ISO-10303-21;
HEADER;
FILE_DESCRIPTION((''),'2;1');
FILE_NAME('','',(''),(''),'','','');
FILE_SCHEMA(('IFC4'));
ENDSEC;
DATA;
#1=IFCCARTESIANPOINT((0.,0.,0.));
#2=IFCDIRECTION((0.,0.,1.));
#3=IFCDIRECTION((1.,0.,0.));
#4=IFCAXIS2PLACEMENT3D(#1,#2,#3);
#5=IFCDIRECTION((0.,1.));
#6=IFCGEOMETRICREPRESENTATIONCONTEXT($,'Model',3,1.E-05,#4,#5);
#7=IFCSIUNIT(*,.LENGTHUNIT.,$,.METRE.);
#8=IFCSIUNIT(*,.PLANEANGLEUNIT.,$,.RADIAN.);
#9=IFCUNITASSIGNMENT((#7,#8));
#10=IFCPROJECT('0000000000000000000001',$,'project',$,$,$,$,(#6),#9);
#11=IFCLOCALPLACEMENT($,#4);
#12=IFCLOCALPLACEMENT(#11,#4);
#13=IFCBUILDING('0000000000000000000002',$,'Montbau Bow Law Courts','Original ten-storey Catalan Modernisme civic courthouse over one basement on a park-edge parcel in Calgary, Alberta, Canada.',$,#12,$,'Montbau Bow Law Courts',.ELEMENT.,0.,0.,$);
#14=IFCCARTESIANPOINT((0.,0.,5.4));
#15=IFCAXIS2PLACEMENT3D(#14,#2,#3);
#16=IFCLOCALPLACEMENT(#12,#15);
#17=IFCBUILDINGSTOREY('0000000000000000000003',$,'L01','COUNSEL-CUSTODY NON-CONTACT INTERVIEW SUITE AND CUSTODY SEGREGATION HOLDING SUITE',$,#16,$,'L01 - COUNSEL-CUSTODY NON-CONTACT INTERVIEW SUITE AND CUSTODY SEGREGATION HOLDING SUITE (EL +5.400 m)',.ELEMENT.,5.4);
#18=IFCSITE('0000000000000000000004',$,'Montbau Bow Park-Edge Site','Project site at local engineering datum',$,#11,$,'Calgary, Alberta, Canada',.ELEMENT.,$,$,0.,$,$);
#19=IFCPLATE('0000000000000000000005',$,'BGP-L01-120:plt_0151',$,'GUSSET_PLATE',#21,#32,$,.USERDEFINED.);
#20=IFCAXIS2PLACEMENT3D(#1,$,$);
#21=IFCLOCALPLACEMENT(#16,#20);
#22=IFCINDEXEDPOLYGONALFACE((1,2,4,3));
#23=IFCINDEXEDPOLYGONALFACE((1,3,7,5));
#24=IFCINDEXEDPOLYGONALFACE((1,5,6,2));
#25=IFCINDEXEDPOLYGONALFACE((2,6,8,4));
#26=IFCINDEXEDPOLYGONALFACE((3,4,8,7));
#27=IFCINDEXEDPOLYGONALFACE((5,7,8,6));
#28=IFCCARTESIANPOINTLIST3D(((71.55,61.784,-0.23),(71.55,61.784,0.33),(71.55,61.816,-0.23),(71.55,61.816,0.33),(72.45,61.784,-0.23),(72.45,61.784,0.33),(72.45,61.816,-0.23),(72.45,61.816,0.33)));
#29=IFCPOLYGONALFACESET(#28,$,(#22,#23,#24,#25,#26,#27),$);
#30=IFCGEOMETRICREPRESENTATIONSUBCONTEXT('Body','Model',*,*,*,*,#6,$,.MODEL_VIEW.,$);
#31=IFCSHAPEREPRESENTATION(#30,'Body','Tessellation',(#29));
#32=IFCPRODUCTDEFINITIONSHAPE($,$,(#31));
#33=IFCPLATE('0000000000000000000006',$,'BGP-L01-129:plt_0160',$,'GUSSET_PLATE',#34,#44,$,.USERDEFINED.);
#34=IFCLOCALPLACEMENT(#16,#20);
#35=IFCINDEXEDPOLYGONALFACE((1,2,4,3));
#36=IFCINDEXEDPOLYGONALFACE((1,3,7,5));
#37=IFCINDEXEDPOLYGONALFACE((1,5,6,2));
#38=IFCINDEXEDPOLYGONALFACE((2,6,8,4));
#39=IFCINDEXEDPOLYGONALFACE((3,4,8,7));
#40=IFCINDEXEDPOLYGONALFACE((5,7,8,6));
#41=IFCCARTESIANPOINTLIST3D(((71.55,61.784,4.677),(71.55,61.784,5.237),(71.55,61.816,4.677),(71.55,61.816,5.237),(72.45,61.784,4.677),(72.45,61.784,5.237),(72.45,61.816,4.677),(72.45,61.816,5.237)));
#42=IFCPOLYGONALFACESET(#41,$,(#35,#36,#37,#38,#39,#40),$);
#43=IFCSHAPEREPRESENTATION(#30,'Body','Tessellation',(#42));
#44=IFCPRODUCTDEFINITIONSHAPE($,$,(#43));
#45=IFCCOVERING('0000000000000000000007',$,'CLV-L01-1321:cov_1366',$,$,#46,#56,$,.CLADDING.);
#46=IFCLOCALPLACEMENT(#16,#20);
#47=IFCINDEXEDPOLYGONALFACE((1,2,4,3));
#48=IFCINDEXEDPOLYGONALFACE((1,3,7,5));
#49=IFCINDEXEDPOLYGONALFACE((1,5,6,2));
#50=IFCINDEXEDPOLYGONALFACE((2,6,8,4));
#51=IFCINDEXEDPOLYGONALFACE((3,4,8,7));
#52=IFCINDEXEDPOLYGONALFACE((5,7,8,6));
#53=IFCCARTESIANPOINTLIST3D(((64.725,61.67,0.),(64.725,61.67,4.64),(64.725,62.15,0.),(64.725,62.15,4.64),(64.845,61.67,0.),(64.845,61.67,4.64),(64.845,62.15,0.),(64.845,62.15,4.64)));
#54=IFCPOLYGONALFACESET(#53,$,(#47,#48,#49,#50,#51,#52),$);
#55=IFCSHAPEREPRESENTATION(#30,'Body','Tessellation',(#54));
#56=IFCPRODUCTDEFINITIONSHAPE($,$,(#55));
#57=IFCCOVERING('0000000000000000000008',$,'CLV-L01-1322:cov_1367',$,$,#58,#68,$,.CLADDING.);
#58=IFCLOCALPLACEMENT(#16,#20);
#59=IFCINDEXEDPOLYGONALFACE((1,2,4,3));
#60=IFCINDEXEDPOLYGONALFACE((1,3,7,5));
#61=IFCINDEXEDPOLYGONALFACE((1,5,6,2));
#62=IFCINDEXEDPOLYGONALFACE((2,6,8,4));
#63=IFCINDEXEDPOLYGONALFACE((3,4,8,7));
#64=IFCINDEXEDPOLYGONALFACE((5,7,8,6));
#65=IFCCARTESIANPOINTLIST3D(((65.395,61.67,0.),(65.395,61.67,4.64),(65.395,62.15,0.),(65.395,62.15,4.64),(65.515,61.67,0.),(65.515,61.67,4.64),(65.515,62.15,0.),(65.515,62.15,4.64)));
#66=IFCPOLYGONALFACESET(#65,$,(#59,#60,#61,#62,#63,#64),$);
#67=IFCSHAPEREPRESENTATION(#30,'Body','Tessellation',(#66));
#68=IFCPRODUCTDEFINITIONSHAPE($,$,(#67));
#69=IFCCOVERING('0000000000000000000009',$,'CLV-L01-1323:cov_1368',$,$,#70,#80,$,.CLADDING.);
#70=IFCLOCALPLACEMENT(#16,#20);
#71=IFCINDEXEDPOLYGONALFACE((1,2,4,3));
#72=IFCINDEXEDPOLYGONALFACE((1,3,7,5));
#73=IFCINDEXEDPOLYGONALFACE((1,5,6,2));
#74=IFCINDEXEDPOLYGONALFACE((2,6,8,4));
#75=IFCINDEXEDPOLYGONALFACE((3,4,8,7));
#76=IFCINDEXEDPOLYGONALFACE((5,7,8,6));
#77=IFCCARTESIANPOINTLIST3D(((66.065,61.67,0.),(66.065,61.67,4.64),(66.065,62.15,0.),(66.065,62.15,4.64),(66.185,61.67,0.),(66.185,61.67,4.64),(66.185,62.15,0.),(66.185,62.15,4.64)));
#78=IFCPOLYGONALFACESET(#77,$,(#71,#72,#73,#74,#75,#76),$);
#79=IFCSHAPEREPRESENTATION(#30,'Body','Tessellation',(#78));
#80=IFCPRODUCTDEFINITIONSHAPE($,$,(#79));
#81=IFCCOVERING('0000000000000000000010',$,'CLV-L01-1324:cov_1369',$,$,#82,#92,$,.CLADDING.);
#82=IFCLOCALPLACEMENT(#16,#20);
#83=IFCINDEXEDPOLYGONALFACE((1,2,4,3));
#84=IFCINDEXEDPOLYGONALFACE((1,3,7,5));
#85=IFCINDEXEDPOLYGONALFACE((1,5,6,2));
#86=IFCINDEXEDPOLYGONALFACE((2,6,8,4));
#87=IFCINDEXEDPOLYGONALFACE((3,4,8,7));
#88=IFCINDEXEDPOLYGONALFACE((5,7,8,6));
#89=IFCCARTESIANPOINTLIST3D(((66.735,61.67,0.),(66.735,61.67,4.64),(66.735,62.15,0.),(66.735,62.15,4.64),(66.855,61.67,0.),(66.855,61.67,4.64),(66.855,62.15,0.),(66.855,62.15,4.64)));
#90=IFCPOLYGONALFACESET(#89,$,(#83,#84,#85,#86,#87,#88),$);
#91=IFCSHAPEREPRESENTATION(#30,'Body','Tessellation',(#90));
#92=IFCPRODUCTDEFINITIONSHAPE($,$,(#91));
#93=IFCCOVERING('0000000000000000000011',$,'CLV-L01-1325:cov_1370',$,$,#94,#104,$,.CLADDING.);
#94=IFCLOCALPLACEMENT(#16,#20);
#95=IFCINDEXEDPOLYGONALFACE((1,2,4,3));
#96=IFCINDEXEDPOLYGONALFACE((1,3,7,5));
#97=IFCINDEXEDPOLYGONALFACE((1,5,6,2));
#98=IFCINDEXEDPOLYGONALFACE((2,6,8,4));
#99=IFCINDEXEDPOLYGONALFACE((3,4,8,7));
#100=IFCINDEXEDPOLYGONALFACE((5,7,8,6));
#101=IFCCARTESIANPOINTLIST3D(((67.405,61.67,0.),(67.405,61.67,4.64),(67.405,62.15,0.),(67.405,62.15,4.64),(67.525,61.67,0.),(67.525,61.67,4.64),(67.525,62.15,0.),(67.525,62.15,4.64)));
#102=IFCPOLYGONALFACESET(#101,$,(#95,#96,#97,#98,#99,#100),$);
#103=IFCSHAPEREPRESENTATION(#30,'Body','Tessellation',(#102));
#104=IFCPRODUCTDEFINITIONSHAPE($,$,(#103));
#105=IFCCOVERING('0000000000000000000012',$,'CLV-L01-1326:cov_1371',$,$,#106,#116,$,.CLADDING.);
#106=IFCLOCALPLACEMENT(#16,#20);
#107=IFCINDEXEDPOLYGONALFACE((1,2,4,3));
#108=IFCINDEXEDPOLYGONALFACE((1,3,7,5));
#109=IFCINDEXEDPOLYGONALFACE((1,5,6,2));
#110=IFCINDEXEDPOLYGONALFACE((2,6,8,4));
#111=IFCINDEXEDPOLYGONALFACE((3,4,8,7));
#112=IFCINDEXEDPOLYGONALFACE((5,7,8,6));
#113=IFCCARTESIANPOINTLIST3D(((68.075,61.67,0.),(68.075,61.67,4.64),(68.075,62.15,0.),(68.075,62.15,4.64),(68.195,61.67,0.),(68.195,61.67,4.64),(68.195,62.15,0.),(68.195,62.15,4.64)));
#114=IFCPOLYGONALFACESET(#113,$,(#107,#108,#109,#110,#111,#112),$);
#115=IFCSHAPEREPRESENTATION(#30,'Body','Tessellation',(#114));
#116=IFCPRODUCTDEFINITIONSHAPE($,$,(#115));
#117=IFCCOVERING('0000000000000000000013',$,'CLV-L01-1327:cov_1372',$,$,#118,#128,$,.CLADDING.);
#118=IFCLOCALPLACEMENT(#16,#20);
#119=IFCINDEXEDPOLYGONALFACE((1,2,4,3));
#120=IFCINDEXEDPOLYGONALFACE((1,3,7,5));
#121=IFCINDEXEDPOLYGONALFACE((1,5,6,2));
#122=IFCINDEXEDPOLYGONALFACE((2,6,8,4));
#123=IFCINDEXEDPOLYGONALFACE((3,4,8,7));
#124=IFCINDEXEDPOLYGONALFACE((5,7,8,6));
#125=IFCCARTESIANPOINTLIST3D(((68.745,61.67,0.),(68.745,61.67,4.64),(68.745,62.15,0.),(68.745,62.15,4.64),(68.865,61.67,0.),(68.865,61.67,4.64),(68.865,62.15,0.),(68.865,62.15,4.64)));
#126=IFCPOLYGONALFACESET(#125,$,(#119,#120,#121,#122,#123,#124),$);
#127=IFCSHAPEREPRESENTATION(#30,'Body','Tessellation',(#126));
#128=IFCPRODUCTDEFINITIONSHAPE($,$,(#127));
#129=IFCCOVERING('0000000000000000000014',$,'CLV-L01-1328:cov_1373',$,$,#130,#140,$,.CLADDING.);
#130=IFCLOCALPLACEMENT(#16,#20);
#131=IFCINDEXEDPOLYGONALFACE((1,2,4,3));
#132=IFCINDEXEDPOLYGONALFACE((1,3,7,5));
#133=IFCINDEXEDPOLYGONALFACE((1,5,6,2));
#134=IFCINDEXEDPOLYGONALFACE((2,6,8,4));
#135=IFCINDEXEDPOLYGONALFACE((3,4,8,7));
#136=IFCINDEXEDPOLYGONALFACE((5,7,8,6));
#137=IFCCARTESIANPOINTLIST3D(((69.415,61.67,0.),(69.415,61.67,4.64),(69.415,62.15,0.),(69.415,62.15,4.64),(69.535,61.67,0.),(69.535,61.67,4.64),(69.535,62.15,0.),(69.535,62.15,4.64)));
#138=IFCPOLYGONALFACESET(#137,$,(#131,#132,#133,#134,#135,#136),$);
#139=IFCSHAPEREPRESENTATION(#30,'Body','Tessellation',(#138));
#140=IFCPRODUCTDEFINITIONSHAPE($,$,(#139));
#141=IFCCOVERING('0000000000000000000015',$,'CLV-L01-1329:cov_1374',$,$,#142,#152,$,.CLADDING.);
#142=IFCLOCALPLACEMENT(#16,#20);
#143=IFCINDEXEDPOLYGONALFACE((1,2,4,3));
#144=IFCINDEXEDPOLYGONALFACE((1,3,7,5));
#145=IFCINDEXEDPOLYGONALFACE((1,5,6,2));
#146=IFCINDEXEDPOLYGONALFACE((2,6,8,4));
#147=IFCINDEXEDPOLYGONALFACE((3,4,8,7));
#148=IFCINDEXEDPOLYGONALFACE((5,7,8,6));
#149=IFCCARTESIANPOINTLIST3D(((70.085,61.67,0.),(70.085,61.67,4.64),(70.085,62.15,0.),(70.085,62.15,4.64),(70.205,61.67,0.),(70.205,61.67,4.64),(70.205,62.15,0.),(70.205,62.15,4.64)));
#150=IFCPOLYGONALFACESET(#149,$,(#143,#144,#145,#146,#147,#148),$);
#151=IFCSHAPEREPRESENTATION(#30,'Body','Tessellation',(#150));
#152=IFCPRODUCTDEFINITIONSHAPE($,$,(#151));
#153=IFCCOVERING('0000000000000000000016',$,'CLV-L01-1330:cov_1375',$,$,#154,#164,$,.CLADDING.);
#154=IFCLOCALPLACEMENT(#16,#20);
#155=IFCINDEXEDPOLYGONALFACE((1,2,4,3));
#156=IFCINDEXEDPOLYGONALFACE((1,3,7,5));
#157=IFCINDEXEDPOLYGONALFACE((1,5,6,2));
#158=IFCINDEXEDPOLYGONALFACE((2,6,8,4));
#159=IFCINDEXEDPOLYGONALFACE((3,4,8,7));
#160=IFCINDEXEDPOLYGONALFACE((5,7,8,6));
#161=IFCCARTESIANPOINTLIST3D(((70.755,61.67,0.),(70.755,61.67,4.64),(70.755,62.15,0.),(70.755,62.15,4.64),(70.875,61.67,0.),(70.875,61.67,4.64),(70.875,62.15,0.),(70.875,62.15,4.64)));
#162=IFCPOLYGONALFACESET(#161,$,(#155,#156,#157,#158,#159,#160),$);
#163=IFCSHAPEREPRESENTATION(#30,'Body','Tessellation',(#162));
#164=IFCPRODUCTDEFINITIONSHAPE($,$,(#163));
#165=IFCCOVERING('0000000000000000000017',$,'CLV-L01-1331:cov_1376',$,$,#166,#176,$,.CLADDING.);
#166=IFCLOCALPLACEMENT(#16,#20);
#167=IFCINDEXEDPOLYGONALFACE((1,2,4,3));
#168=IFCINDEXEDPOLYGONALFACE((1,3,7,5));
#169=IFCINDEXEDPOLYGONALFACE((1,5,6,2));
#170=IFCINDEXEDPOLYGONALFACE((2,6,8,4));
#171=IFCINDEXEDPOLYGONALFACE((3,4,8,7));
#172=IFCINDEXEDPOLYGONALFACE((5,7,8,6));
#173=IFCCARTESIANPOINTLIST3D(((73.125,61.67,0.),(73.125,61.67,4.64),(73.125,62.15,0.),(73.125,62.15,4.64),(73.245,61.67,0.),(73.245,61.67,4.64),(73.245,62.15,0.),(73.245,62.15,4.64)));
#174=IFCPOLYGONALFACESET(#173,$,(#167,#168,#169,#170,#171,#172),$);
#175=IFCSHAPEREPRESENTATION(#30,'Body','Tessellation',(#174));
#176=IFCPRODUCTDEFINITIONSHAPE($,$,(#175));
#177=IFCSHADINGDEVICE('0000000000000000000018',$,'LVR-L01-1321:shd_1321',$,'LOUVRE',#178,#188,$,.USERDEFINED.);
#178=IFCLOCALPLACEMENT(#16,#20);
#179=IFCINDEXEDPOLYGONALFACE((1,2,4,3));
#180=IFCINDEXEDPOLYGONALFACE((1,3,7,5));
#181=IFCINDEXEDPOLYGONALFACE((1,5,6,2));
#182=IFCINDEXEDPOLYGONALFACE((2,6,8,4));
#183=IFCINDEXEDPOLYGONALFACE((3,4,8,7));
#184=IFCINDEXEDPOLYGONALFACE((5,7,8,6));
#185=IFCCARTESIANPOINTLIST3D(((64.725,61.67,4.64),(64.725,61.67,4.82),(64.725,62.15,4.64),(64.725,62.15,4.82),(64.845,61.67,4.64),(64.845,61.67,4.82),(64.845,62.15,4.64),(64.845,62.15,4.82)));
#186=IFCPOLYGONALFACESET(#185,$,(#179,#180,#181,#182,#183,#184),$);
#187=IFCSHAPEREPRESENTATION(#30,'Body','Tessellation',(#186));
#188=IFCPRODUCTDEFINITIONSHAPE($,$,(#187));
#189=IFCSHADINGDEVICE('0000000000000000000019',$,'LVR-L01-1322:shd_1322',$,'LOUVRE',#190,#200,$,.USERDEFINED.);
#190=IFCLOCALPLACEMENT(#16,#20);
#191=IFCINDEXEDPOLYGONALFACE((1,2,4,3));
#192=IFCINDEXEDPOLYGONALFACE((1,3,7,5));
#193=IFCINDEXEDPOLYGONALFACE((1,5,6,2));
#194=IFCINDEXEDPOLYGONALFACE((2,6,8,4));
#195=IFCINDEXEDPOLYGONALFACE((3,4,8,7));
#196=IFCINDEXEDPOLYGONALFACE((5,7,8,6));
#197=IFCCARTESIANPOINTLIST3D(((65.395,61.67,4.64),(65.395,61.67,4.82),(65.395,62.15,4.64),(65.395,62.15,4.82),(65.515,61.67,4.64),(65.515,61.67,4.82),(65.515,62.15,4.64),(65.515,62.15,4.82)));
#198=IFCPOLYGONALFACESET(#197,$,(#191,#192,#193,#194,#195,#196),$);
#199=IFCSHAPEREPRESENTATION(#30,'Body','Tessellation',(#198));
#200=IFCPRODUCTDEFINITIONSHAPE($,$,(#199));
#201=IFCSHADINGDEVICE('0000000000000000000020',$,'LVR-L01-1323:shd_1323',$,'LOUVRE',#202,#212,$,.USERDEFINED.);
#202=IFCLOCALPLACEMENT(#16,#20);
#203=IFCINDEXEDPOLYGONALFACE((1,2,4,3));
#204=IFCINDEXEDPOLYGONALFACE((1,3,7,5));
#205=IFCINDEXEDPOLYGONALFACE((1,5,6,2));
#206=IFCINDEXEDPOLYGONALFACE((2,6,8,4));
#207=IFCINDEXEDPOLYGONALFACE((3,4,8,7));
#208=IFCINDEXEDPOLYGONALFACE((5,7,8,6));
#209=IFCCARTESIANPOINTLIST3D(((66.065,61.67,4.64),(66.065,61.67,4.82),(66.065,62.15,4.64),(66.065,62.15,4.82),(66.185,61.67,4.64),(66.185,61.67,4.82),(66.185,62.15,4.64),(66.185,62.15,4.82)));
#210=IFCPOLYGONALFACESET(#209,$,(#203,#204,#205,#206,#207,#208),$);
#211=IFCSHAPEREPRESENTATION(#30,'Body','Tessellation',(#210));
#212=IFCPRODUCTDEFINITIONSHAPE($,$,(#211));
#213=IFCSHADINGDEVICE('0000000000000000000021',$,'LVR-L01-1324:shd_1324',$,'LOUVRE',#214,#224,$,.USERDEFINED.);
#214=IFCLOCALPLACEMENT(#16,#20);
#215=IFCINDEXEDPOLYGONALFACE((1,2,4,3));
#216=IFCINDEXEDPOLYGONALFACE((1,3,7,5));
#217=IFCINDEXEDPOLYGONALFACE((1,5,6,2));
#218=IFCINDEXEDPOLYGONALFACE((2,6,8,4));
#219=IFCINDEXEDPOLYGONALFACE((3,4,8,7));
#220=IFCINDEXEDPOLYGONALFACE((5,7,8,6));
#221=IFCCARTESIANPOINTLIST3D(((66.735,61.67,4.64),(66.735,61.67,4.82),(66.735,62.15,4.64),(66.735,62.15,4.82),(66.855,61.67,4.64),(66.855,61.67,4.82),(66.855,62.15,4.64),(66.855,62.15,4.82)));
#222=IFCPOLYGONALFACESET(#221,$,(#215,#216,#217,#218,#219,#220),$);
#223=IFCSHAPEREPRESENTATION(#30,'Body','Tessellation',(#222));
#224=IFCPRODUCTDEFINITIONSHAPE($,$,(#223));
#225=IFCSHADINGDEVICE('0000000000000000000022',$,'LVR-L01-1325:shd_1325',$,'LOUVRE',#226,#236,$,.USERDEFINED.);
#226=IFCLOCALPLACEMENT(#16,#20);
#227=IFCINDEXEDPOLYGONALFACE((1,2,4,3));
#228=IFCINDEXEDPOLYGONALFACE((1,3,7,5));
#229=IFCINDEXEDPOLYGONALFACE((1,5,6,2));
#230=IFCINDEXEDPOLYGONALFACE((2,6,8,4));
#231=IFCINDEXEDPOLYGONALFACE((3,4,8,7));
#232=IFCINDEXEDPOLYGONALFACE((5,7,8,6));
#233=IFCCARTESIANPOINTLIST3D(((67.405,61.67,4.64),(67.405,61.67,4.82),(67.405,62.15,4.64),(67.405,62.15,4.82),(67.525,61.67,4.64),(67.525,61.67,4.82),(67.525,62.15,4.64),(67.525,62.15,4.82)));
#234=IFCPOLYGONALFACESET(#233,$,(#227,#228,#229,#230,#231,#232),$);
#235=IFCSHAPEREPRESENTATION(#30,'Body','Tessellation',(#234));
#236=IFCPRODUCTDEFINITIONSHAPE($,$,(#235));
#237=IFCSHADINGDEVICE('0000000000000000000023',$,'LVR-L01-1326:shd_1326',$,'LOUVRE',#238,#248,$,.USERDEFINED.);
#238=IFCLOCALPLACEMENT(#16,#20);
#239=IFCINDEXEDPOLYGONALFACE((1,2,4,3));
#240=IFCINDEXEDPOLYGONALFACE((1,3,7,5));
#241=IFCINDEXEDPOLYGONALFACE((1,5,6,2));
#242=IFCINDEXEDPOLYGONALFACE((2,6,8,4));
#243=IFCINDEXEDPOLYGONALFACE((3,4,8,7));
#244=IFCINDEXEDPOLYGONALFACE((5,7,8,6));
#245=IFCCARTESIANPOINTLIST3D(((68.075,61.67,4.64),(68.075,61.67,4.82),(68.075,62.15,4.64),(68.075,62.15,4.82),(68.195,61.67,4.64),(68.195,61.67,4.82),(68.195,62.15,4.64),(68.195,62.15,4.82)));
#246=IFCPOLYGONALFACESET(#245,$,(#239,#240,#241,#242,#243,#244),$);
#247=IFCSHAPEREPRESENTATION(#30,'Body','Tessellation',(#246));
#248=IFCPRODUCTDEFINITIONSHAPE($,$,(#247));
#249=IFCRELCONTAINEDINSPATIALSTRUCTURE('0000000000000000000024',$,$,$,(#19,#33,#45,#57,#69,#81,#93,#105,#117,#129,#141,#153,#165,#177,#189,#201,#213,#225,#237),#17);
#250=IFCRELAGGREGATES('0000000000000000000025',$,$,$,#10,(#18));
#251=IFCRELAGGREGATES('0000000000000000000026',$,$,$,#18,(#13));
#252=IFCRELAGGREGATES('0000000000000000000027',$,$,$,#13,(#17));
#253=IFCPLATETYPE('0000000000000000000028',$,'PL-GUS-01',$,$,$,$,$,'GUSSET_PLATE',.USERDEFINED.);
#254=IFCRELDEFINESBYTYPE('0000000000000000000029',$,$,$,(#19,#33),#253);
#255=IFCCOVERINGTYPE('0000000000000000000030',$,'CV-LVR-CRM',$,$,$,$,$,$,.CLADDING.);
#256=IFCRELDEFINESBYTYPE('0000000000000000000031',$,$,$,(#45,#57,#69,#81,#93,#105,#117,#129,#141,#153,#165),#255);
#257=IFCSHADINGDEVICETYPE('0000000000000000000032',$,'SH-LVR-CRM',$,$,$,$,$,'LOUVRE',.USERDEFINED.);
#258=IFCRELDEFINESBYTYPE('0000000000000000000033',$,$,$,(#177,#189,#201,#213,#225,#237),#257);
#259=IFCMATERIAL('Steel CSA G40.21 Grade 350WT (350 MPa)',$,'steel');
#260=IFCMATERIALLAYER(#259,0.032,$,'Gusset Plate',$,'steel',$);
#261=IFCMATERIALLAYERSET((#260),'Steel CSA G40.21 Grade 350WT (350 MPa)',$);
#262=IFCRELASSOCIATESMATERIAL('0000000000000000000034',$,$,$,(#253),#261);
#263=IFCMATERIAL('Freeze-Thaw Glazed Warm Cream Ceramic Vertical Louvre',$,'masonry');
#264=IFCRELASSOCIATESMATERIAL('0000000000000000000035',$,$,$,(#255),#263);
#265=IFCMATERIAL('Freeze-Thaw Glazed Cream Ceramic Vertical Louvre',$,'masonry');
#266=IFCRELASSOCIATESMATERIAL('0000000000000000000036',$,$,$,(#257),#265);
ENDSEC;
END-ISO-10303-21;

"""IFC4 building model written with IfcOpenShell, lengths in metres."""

from ifc_helpers import new_model, si_unit, direction, frame, frame_2d, origin_with_axes, origin_2d_with_axis, place, context, subcontext, project, spatial, rectangle, extrude, material, layer, layer_set, type_object, element, save


model = new_model("IFC4")

# Units and contexts
model_context = context("Model", 3, precision=1e-05, world=origin_with_axes(), true_north=direction((0.0, 1.0)))
body_context = subcontext(model_context, "Body", "Model", "MODEL_VIEW")
ifc_project = project(units=[si_unit("LENGTHUNIT", "METRE"), si_unit("PLANEANGLEUNIT", "RADIAN")], contexts=[model_context])

# Site, building, storey
site_placement = place(None, origin_with_axes())
site = spatial("IfcSite", under=ifc_project, at=site_placement, Name="Montbau Bow Park-Edge Site", Description="Project site at local engineering datum", LongName="Calgary, Alberta, Canada", CompositionType="ELEMENT", RefElevation=0.0)
building_placement = place(site_placement, origin_with_axes())
building = spatial("IfcBuilding", under=site, at=building_placement, Name="Montbau Bow Law Courts", Description="Original ten-storey Catalan Modernisme civic courthouse over one basement on a park-edge parcel in Calgary, Alberta, Canada.", LongName="Montbau Bow Law Courts", CompositionType="ELEMENT", ElevationOfRefHeight=0.0, ElevationOfTerrain=0.0)
storey_placement = place(building_placement, frame((0.0, 0.0, 5.4), z_axis=(0.0, 0.0, 1.0), x_axis=(1.0, 0.0, 0.0)))
storey = spatial("IfcBuildingStorey", under=building, at=storey_placement, Name="L01", Description="COUNSEL-CUSTODY NON-CONTACT INTERVIEW SUITE AND CUSTODY SEGREGATION HOLDING SUITE", LongName="L01 - COUNSEL-CUSTODY NON-CONTACT INTERVIEW SUITE AND CUSTODY SEGREGATION HOLDING SUITE (EL +5.400 m)", CompositionType="ELEMENT", Elevation=5.4)

# Shared definitions
ifc_material_1 = material(Name="Steel CSA G40.21 Grade 350WT (350 MPa)", Category="steel")

# Plates
ifc_layer = layer(ifc_material_1, 0.032, Name="Gusset Plate", Category="steel")
ifc_layer_set = layer_set([ifc_layer], Name="Steel CSA G40.21 Grade 350WT (350 MPa)")
plate_type = type_object("IfcPlateType", Name="PL-GUS-01", ElementType="GUSSET_PLATE", PredefinedType="USERDEFINED", material=ifc_layer_set)
for number, where, z_axis, x_axis, name in (
    (1, (72.0, 61.8, 5.17), (0.0, 0.0, 1.0), (1.0, 0.0, 0.0), "BGP-L01-120:plt_0151"),
    (2, (72.0, 61.8, 10.077), (0.0, 0.0, 1.0), (1.0, 0.0, 0.0), "BGP-L01-129:plt_0160"),
):
    element("IfcPlate", number, at=place(None, frame(where, z_axis=z_axis, x_axis=x_axis)), inside=storey, type_object=plate_type, Name=name, ObjectType="GUSSET_PLATE", PredefinedType="USERDEFINED", context=body_context, shape_type="SweptSolid", body=[
        extrude(rectangle(XDim=0.9, YDim=0.032, at=origin_2d_with_axis()), origin_with_axes(), (0.0, 0.0, 1.0), 0.56),
    ])

# Coverings
ifc_material_2 = material(Name="Freeze-Thaw Glazed Warm Cream Ceramic Vertical Louvre", Category="masonry")
covering_type = type_object("IfcCoveringType", Name="CV-LVR-CRM", PredefinedType="CLADDING", material=ifc_material_2)
for number, where, z_axis, x_axis, name in (
    (3, (64.785, 61.67, 5.4), (1.0, 0.0, 0.0), (0.0, 1.0, 0.0), "CLV-L01-1321:cov_1366"),
    (4, (65.455, 61.67, 5.4), (1.0, 0.0, 0.0), (0.0, 1.0, 0.0), "CLV-L01-1322:cov_1367"),
    (5, (66.125, 61.67, 5.4), (1.0, 0.0, 0.0), (0.0, 1.0, 0.0), "CLV-L01-1323:cov_1368"),
    (6, (66.795, 61.67, 5.4), (1.0, 0.0, 0.0), (0.0, 1.0, 0.0), "CLV-L01-1324:cov_1369"),
    (7, (67.465, 61.67, 5.4), (1.0, 0.0, 0.0), (0.0, 1.0, 0.0), "CLV-L01-1325:cov_1370"),
    (8, (68.135, 61.67, 5.4), (1.0, 0.0, 0.0), (0.0, 1.0, 0.0), "CLV-L01-1326:cov_1371"),
    (9, (68.805, 61.67, 5.4), (1.0, 0.0, 0.0), (0.0, 1.0, 0.0), "CLV-L01-1327:cov_1372"),
    (10, (69.475, 61.67, 5.4), (1.0, 0.0, 0.0), (0.0, 1.0, 0.0), "CLV-L01-1328:cov_1373"),
    (11, (70.145, 61.67, 5.4), (1.0, 0.0, 0.0), (0.0, 1.0, 0.0), "CLV-L01-1329:cov_1374"),
    (12, (70.815, 61.67, 5.4), (1.0, 0.0, 0.0), (0.0, 1.0, 0.0), "CLV-L01-1330:cov_1375"),
    (13, (73.185, 61.67, 5.4), (1.0, 0.0, 0.0), (0.0, 1.0, 0.0), "CLV-L01-1331:cov_1376"),
):
    element("IfcCovering", number, at=place(None, frame(where, z_axis=z_axis, x_axis=x_axis)), inside=storey, type_object=covering_type, Name=name, PredefinedType="CLADDING", context=body_context, shape_type="SweptSolid", body=[
        extrude(rectangle(XDim=0.48, YDim=4.64, at=frame_2d((0.24, 2.32), x_axis=(1.0, 0.0))), frame((0.0, 0.0, -0.06), z_axis=(0.0, 0.0, 1.0), x_axis=(1.0, 0.0, 0.0)), (0.0, 0.0, 1.0), 0.12),
    ])

# Shading devices
ifc_material_3 = material(Name="Freeze-Thaw Glazed Cream Ceramic Vertical Louvre", Category="masonry")
shading_device_type = type_object("IfcShadingDeviceType", Name="SH-LVR-CRM", ElementType="LOUVRE", PredefinedType="USERDEFINED", material=ifc_material_3)
for number, where, z_axis, x_axis, name in (
    (14, (64.785, 61.91, 10.04), (0.0, 0.0, 1.0), (0.0, 1.0, 0.0), "LVR-L01-1321:shd_1321"),
    (15, (65.455, 61.91, 10.04), (0.0, 0.0, 1.0), (0.0, 1.0, 0.0), "LVR-L01-1322:shd_1322"),
    (16, (66.125, 61.91, 10.04), (0.0, 0.0, 1.0), (0.0, 1.0, 0.0), "LVR-L01-1323:shd_1323"),
    (17, (66.795, 61.91, 10.04), (0.0, 0.0, 1.0), (0.0, 1.0, 0.0), "LVR-L01-1324:shd_1324"),
    (18, (67.465, 61.91, 10.04), (0.0, 0.0, 1.0), (0.0, 1.0, 0.0), "LVR-L01-1325:shd_1325"),
    (19, (68.135, 61.91, 10.04), (0.0, 0.0, 1.0), (0.0, 1.0, 0.0), "LVR-L01-1326:shd_1326"),
):
    element("IfcShadingDevice", number, at=place(None, frame(where, z_axis=z_axis, x_axis=x_axis)), inside=storey, type_object=shading_device_type, Name=name, ObjectType="LOUVRE", PredefinedType="USERDEFINED", context=body_context, shape_type="SweptSolid", body=[
        extrude(rectangle(XDim=0.48, YDim=0.12, at=origin_2d_with_axis()), origin_with_axes(), (0.0, 0.0, 1.0), 0.18),
    ])

save(model, "model.ifc")
